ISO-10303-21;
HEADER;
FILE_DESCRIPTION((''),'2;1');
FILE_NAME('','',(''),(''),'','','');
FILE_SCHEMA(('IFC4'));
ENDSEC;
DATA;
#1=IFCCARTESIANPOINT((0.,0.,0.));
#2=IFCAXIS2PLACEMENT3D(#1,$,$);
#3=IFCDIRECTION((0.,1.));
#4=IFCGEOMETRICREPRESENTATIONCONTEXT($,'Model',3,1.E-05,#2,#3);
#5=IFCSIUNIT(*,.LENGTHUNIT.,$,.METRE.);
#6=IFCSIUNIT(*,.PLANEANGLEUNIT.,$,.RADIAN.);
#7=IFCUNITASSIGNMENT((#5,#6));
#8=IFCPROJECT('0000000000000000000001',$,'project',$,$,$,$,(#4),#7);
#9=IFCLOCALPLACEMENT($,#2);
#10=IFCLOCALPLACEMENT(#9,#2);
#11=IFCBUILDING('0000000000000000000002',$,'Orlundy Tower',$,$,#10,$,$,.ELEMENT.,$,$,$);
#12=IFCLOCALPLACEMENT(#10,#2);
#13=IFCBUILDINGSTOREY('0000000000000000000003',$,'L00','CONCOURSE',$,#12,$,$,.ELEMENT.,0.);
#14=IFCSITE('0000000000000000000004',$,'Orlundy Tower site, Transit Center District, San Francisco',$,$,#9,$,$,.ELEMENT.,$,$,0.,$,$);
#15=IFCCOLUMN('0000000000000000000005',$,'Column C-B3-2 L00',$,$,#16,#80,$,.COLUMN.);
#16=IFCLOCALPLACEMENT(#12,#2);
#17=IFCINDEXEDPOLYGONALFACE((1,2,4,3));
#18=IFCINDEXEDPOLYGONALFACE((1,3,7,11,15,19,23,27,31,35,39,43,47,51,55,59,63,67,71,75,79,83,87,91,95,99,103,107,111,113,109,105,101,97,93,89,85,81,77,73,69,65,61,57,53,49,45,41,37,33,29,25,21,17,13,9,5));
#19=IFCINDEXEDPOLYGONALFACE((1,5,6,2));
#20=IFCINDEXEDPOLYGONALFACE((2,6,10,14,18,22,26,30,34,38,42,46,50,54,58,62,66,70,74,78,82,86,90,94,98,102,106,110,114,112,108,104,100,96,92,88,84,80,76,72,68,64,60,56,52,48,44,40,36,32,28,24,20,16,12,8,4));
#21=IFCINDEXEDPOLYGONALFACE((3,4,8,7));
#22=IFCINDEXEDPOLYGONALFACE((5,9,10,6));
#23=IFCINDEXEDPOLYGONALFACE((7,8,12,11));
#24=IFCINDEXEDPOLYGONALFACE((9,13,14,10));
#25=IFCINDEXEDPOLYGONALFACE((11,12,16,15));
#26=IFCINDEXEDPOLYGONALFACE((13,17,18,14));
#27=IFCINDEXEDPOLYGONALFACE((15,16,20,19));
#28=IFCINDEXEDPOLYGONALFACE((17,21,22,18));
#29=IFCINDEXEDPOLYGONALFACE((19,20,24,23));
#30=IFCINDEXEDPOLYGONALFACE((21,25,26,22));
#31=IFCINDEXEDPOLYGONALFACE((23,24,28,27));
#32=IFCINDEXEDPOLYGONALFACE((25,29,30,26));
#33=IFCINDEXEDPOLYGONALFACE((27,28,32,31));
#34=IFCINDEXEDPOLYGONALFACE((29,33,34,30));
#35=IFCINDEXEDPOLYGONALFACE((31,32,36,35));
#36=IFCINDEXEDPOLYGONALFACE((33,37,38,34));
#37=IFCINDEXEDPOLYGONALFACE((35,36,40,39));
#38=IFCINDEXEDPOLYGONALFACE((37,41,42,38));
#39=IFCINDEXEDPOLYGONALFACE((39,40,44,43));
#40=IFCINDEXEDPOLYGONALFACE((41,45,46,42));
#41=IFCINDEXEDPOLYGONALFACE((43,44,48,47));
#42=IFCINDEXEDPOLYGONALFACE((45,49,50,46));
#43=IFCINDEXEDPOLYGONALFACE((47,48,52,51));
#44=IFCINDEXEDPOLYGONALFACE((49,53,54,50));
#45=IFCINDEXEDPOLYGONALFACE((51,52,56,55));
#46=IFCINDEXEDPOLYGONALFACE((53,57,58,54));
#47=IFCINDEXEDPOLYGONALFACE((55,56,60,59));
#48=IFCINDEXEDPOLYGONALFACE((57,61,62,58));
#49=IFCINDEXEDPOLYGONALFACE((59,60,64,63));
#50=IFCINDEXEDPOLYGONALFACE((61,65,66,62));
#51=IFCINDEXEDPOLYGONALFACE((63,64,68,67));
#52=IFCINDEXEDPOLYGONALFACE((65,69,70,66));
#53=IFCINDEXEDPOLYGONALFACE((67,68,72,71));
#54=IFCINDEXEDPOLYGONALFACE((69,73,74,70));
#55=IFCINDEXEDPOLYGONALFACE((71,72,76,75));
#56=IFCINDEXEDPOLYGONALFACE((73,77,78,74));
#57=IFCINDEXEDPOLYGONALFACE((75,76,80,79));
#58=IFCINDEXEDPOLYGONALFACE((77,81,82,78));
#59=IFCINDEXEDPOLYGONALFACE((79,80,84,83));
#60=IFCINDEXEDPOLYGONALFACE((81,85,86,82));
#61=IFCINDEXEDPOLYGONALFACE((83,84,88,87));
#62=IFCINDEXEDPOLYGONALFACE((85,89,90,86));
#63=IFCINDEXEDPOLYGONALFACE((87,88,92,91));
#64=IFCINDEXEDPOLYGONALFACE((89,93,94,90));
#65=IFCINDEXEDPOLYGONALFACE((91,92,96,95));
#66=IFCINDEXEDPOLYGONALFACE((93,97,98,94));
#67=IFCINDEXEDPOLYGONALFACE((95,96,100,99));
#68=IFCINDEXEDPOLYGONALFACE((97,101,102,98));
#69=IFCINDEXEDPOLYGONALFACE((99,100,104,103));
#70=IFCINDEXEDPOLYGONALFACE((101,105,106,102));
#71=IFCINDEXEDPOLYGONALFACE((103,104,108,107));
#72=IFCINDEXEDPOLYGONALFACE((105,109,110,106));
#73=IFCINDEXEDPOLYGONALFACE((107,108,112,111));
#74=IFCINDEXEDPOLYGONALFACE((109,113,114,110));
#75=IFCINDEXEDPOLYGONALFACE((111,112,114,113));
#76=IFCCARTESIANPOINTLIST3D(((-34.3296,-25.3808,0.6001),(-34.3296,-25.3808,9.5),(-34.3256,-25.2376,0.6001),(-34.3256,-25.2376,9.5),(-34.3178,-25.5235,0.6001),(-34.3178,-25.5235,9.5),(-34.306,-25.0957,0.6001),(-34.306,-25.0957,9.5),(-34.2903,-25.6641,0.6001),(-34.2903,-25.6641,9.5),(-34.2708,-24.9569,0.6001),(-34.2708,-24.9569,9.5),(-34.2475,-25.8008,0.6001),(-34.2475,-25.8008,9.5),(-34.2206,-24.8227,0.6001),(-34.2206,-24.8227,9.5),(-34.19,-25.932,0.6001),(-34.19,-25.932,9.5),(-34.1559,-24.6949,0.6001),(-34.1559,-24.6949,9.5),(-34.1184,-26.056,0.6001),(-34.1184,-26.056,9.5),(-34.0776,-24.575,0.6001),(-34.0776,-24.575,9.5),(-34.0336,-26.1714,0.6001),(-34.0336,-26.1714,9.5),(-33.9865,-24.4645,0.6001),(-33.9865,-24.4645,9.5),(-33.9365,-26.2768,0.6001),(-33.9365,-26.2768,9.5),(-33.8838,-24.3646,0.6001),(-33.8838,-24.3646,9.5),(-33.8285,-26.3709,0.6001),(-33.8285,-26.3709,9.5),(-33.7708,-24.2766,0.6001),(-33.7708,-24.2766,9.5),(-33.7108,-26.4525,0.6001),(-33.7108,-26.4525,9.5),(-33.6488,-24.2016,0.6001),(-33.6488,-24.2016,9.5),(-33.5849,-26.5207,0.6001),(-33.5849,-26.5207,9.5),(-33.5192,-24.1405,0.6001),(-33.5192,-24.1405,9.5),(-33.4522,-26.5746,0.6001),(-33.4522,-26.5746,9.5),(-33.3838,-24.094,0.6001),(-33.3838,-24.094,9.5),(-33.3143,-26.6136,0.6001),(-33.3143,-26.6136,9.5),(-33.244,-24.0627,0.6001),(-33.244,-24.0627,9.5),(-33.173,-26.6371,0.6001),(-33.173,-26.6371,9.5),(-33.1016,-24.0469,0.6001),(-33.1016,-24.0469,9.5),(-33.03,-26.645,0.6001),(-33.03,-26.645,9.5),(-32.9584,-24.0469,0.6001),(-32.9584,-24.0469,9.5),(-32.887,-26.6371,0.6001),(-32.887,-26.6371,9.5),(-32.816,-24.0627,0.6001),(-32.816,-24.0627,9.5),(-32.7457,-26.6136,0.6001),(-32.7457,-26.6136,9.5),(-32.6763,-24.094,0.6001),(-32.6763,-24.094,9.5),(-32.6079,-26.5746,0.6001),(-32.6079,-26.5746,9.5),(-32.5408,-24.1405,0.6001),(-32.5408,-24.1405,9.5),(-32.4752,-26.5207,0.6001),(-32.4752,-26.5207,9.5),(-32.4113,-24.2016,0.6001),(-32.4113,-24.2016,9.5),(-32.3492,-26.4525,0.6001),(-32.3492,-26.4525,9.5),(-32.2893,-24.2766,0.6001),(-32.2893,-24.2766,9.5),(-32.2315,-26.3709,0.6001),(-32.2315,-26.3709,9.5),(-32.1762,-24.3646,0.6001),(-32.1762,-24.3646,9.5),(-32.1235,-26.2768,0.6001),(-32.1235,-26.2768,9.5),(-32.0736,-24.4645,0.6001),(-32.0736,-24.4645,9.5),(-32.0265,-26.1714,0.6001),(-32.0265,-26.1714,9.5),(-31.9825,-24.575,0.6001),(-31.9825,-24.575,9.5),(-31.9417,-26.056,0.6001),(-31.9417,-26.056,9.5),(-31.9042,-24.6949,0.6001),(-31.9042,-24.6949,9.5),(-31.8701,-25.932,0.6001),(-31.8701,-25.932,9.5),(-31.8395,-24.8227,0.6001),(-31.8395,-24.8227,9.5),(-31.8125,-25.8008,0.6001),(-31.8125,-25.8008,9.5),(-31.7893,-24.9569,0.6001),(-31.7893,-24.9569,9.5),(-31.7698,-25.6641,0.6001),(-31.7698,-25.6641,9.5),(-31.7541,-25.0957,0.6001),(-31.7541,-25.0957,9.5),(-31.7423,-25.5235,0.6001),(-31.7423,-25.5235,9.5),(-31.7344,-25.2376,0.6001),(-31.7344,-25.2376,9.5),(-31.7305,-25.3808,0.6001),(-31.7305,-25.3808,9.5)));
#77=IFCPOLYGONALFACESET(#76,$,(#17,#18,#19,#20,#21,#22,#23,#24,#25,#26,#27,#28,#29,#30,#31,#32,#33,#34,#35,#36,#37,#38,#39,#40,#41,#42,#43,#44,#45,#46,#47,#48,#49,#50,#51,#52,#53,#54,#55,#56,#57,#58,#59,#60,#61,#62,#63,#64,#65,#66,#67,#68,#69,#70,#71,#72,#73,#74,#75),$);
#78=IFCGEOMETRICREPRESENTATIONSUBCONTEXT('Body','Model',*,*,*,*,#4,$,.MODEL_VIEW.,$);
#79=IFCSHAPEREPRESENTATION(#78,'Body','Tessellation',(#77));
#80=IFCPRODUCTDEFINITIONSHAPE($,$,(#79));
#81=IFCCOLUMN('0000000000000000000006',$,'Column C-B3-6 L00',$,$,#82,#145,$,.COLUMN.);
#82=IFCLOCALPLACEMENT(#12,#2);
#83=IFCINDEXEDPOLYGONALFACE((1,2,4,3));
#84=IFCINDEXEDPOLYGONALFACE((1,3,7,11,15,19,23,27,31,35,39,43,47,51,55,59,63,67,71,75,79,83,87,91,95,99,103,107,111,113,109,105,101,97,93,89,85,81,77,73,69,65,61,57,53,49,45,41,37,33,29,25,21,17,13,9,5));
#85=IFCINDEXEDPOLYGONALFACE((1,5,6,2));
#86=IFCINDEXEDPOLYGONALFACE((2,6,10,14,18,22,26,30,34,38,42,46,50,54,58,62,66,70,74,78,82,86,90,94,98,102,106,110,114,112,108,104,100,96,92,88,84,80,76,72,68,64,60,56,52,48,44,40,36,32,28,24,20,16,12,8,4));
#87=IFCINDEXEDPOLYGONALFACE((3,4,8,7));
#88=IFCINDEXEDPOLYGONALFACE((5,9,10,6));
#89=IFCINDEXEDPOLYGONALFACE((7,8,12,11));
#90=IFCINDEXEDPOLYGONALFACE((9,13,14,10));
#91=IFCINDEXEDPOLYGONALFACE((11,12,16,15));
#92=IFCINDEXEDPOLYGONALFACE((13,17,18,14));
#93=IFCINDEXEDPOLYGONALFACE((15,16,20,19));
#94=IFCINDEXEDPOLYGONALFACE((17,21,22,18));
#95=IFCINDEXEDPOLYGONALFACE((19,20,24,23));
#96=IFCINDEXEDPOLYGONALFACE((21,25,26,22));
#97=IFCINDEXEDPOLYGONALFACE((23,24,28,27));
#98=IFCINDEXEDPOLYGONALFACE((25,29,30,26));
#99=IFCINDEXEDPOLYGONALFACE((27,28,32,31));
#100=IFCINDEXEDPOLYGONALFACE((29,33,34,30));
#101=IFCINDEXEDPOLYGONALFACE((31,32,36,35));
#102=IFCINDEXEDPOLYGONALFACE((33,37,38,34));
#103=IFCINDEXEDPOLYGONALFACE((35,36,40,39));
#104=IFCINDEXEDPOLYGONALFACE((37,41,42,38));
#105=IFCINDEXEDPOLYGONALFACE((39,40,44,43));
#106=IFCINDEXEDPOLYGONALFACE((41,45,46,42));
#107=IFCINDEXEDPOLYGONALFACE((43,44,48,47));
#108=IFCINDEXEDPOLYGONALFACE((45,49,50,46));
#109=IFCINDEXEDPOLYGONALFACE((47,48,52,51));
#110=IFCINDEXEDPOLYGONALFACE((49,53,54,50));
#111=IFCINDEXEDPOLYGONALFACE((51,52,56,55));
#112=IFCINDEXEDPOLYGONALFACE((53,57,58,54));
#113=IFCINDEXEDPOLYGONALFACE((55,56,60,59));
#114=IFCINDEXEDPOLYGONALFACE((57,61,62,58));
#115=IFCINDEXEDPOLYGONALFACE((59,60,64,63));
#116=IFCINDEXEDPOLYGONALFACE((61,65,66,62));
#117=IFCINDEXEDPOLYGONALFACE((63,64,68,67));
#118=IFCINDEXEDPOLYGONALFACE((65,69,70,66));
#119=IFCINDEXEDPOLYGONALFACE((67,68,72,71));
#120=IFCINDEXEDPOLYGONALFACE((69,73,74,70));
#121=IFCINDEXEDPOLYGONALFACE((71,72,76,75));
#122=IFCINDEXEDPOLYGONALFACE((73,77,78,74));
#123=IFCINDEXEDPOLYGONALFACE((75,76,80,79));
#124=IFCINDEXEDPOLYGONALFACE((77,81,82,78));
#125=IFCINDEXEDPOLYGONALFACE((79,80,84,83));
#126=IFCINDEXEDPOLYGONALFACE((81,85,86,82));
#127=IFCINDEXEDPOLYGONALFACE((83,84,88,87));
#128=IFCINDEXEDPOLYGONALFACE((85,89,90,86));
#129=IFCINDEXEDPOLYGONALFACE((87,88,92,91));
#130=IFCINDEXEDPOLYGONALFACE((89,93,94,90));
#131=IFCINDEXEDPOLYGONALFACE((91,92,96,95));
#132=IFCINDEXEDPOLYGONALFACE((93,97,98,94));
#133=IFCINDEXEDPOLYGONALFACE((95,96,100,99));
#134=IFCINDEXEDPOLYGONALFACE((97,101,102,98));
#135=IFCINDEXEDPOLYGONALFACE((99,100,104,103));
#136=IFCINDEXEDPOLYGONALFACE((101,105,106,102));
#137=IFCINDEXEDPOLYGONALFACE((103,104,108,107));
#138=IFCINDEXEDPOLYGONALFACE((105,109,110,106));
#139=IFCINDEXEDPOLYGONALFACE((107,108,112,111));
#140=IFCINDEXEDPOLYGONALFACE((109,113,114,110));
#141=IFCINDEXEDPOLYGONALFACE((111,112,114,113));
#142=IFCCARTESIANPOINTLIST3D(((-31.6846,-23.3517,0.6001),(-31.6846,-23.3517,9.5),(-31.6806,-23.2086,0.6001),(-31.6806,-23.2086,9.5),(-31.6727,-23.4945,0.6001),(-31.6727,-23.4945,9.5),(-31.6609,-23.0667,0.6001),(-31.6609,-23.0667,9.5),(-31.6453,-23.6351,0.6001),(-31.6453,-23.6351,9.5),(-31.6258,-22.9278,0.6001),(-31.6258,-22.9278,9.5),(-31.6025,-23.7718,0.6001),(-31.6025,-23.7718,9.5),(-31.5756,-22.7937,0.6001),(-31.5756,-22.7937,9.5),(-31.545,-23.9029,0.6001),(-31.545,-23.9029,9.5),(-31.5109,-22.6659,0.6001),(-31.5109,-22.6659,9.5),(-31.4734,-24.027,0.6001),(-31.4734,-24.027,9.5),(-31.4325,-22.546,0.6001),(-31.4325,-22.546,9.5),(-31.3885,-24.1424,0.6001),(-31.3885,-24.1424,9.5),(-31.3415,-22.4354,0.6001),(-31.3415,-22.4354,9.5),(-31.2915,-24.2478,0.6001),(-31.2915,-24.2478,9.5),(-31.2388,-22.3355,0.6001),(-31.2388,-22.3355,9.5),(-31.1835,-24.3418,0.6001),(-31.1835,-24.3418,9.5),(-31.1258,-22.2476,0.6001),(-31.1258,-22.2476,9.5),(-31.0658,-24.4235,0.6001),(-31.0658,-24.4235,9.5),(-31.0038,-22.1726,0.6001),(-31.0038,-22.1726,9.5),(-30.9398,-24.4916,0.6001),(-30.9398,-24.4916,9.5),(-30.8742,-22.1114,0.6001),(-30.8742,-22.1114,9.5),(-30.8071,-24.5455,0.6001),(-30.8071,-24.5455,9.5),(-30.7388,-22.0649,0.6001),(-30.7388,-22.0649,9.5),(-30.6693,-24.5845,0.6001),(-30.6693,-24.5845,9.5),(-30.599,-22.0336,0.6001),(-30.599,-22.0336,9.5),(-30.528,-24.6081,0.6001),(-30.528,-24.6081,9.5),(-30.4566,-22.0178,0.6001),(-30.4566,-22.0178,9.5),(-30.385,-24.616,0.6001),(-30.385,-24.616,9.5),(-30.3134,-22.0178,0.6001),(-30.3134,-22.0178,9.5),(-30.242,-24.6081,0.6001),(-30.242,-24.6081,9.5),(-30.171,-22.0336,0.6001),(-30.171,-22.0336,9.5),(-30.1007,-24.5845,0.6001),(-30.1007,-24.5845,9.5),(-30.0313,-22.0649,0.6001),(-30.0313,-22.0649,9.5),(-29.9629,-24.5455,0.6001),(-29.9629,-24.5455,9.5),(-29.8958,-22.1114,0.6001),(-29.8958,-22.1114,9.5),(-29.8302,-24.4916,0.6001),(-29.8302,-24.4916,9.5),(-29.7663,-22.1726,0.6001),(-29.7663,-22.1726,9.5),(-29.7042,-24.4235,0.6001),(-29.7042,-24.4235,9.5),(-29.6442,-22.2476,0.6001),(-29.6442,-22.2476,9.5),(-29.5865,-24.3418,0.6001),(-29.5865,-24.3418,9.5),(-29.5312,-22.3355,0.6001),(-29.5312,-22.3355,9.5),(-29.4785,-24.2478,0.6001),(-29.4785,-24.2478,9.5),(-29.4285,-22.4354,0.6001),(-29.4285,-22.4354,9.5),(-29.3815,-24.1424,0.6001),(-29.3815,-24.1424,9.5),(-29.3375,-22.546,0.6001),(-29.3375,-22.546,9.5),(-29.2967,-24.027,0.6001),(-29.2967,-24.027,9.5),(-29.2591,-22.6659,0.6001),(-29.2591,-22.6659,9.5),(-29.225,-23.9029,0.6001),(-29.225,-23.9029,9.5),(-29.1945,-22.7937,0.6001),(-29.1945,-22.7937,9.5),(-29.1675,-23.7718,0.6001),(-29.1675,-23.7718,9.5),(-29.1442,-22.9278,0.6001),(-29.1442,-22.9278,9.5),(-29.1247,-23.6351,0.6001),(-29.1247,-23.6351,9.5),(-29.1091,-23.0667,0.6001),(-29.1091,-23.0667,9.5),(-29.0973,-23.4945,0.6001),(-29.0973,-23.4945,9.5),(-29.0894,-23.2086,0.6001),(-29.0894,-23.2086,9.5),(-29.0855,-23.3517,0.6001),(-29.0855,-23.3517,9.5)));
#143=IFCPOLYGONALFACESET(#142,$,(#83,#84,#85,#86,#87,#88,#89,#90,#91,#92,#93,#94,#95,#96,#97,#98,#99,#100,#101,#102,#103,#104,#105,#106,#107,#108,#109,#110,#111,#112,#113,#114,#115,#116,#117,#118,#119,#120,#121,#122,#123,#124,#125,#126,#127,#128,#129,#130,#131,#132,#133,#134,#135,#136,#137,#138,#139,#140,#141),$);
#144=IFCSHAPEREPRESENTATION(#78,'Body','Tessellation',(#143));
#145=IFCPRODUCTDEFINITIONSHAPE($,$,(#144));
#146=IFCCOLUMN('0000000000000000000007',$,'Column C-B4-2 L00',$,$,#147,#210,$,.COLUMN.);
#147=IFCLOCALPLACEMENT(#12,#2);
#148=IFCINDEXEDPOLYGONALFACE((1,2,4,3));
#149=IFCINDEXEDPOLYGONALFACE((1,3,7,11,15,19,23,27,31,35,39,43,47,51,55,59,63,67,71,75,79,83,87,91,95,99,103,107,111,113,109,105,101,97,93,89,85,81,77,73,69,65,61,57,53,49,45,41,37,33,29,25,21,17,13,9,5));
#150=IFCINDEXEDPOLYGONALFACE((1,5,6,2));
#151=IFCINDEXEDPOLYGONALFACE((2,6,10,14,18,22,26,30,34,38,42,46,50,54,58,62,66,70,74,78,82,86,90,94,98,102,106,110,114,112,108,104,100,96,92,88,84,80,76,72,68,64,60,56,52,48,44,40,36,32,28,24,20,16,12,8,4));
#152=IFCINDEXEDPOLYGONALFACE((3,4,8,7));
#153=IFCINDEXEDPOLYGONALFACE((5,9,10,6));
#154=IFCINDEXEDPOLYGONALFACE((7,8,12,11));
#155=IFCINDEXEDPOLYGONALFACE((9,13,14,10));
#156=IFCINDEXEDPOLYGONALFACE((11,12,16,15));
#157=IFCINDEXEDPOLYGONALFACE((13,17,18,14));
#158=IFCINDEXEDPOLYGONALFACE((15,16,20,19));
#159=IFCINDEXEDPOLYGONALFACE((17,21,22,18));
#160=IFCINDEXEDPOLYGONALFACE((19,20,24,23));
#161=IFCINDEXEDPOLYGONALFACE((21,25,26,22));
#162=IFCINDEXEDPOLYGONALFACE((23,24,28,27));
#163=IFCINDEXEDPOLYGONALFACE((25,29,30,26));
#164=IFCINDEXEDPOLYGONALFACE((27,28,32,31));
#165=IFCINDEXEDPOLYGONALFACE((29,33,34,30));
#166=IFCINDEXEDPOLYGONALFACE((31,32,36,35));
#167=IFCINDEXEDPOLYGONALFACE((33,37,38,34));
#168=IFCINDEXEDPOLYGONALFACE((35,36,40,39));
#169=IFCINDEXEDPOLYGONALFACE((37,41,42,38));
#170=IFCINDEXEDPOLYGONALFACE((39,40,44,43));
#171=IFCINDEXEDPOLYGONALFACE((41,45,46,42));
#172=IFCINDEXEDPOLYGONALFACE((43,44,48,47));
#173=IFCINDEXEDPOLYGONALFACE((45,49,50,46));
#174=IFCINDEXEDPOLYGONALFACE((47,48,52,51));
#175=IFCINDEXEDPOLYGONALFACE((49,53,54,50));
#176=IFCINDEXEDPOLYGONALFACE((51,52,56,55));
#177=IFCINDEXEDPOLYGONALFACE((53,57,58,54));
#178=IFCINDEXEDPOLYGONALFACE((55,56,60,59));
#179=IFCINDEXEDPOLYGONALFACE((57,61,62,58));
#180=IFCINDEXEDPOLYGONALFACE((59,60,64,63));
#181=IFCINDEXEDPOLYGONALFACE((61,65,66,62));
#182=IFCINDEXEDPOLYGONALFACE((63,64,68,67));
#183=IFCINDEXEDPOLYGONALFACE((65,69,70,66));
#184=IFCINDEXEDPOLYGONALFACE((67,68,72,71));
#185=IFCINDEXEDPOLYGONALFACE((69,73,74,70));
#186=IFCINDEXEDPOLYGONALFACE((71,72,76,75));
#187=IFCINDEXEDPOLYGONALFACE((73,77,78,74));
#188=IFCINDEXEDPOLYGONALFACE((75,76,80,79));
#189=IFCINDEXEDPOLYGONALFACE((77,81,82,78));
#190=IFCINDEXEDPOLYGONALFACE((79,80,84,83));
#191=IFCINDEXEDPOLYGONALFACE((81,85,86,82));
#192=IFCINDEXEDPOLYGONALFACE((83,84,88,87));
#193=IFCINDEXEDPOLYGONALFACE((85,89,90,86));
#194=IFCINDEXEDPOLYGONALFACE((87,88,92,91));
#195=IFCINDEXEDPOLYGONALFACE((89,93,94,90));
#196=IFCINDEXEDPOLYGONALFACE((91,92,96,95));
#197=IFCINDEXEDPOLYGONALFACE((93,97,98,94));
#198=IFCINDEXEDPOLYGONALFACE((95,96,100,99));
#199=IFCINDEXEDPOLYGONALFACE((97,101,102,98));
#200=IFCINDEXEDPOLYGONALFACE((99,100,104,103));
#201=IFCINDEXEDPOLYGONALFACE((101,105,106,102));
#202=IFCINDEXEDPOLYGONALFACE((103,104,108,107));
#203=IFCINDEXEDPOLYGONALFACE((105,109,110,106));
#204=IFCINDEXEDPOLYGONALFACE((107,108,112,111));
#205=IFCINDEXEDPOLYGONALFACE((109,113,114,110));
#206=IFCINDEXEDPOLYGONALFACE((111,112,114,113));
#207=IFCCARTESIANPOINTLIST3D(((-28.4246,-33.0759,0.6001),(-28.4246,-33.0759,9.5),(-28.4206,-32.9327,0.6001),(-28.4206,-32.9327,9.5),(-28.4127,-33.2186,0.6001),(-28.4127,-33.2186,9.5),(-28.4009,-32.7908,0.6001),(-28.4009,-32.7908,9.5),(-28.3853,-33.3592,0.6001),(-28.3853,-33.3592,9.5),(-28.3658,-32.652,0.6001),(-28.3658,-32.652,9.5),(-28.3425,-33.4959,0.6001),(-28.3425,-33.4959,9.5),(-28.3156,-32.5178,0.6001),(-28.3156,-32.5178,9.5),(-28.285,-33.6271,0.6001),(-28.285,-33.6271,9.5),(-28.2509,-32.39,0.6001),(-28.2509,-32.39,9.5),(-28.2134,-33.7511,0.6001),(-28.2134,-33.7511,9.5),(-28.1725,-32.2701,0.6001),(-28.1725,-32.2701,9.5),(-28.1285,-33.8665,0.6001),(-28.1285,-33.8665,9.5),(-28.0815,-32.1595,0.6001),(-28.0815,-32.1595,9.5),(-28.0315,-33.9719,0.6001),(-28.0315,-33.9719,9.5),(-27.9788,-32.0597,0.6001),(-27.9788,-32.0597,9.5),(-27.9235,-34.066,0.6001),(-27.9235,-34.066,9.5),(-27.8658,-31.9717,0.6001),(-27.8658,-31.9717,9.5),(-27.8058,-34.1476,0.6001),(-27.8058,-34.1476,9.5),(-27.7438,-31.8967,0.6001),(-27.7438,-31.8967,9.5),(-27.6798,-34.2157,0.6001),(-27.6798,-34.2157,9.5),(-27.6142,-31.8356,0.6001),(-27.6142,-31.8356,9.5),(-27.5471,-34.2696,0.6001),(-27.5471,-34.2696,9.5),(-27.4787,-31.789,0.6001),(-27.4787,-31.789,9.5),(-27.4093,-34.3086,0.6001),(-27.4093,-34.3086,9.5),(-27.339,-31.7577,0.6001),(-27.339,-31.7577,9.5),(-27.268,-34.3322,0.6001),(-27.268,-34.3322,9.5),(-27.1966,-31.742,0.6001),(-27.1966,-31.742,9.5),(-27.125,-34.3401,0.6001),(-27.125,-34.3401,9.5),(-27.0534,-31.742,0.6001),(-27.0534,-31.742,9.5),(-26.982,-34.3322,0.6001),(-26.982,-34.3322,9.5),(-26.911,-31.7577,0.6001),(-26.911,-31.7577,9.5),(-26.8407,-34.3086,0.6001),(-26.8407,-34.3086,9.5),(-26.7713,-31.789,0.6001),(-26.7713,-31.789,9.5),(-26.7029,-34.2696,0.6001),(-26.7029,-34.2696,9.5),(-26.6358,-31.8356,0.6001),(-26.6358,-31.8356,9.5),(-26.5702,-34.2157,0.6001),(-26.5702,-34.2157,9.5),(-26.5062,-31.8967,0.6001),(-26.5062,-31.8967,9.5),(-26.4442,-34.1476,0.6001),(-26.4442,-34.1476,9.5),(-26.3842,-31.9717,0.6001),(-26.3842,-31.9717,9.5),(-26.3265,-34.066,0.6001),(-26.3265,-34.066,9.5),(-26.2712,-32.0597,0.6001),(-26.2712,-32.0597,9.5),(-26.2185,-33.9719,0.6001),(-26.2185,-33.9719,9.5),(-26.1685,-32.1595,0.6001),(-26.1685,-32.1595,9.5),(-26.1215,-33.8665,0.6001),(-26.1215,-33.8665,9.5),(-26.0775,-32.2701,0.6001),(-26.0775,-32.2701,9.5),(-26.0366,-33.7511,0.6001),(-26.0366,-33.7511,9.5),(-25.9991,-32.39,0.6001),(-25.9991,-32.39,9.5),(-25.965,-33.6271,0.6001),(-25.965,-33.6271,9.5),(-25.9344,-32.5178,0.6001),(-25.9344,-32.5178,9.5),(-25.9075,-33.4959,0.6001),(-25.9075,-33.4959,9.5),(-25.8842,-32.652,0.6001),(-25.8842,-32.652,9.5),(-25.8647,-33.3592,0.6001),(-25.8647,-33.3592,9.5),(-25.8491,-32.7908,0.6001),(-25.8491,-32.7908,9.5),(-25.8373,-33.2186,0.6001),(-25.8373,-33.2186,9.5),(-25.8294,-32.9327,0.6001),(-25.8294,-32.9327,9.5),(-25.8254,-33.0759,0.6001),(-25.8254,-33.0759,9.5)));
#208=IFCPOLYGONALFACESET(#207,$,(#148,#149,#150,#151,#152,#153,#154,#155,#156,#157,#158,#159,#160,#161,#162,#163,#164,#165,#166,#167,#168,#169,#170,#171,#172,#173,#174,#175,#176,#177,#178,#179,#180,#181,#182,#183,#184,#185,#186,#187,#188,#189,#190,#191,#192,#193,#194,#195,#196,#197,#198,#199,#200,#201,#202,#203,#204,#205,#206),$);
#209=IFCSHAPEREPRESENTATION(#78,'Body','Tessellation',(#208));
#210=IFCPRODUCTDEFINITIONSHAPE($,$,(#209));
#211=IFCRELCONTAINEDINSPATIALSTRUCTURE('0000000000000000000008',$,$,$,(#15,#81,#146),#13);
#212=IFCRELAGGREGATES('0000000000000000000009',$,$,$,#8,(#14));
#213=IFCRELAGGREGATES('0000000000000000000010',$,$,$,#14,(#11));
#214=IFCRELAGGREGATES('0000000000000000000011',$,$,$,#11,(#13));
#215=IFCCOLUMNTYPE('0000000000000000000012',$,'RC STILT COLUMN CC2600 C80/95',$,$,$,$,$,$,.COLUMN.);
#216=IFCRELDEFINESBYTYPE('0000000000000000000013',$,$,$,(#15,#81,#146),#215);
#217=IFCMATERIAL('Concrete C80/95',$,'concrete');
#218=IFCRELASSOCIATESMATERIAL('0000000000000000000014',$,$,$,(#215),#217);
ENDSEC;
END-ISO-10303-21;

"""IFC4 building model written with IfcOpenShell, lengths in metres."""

from ifc_helpers import new_model, si_unit, direction, frame, origin, origin_2d, place, context, subcontext, project, spatial, circle, extrude, material, material_profile, profile_set, type_object, element, save


model = new_model("IFC4")

# Units and contexts
model_context = context("Model", 3, precision=1e-05, world=origin(), true_north=direction((0.0, 1.0)))
body_context = subcontext(model_context, "Body", "Model", "MODEL_VIEW")
ifc_project = project(units=[si_unit("LENGTHUNIT", "METRE"), si_unit("PLANEANGLEUNIT", "RADIAN")], contexts=[model_context])

# Site, building, storey
site_placement = place(None, origin())
site = spatial("IfcSite", under=ifc_project, at=site_placement, Name="Orlundy Tower site, Transit Center District, San Francisco", CompositionType="ELEMENT", RefElevation=0.0)
building_placement = place(site_placement, origin())
building = spatial("IfcBuilding", under=site, at=building_placement, Name="Orlundy Tower", CompositionType="ELEMENT")
storey_placement = place(building_placement, origin())
storey = spatial("IfcBuildingStorey", under=building, at=storey_placement, Name="L00", Description="CONCOURSE", CompositionType="ELEMENT", Elevation=0.0)

# Columns
ifc_material_1 = material(Name="Concrete C80/95", Category="concrete")
ifc_material_profile_1 = material_profile(ifc_material_1, circle(Radius=1.3, at=origin_2d()), Name="CC2600")
ifc_profile_set_1 = profile_set([ifc_material_profile_1], Name="Concrete C80/95")
column_type = type_object("IfcColumnType", Name="RC STILT COLUMN CC2600 C80/95", PredefinedType="COLUMN", material=ifc_profile_set_1)
for number, where, z_axis, x_axis, name in (
    (1, (-33.03, -25.345, 0.6001), (0.0, 0.0, 1.0), (0.866025, 0.5, 0.0), "Column C-B3-2 L00"),
    (2, (-30.385, -23.3159, 0.6001), (0.0, 0.0, 1.0), (0.866025, 0.5, 0.0), "Column C-B3-6 L00"),
    (3, (-27.125, -33.04, 0.6001), (0.0, 0.0, 1.0), (0.866025, 0.5, 0.0), "Column C-B4-2 L00"),
):
    element("IfcColumn", number, at=place(storey_placement, frame(where, z_axis=z_axis, x_axis=x_axis)), inside=storey, type_object=column_type, Name=name, PredefinedType="COLUMN", context=body_context, shape_type="SweptSolid", body=[
        extrude(circle(Radius=1.3, at=origin_2d()), origin(), (0.0, 0.0, 1.0), 8.8999),
    ])

save(model, "model.ifc")
